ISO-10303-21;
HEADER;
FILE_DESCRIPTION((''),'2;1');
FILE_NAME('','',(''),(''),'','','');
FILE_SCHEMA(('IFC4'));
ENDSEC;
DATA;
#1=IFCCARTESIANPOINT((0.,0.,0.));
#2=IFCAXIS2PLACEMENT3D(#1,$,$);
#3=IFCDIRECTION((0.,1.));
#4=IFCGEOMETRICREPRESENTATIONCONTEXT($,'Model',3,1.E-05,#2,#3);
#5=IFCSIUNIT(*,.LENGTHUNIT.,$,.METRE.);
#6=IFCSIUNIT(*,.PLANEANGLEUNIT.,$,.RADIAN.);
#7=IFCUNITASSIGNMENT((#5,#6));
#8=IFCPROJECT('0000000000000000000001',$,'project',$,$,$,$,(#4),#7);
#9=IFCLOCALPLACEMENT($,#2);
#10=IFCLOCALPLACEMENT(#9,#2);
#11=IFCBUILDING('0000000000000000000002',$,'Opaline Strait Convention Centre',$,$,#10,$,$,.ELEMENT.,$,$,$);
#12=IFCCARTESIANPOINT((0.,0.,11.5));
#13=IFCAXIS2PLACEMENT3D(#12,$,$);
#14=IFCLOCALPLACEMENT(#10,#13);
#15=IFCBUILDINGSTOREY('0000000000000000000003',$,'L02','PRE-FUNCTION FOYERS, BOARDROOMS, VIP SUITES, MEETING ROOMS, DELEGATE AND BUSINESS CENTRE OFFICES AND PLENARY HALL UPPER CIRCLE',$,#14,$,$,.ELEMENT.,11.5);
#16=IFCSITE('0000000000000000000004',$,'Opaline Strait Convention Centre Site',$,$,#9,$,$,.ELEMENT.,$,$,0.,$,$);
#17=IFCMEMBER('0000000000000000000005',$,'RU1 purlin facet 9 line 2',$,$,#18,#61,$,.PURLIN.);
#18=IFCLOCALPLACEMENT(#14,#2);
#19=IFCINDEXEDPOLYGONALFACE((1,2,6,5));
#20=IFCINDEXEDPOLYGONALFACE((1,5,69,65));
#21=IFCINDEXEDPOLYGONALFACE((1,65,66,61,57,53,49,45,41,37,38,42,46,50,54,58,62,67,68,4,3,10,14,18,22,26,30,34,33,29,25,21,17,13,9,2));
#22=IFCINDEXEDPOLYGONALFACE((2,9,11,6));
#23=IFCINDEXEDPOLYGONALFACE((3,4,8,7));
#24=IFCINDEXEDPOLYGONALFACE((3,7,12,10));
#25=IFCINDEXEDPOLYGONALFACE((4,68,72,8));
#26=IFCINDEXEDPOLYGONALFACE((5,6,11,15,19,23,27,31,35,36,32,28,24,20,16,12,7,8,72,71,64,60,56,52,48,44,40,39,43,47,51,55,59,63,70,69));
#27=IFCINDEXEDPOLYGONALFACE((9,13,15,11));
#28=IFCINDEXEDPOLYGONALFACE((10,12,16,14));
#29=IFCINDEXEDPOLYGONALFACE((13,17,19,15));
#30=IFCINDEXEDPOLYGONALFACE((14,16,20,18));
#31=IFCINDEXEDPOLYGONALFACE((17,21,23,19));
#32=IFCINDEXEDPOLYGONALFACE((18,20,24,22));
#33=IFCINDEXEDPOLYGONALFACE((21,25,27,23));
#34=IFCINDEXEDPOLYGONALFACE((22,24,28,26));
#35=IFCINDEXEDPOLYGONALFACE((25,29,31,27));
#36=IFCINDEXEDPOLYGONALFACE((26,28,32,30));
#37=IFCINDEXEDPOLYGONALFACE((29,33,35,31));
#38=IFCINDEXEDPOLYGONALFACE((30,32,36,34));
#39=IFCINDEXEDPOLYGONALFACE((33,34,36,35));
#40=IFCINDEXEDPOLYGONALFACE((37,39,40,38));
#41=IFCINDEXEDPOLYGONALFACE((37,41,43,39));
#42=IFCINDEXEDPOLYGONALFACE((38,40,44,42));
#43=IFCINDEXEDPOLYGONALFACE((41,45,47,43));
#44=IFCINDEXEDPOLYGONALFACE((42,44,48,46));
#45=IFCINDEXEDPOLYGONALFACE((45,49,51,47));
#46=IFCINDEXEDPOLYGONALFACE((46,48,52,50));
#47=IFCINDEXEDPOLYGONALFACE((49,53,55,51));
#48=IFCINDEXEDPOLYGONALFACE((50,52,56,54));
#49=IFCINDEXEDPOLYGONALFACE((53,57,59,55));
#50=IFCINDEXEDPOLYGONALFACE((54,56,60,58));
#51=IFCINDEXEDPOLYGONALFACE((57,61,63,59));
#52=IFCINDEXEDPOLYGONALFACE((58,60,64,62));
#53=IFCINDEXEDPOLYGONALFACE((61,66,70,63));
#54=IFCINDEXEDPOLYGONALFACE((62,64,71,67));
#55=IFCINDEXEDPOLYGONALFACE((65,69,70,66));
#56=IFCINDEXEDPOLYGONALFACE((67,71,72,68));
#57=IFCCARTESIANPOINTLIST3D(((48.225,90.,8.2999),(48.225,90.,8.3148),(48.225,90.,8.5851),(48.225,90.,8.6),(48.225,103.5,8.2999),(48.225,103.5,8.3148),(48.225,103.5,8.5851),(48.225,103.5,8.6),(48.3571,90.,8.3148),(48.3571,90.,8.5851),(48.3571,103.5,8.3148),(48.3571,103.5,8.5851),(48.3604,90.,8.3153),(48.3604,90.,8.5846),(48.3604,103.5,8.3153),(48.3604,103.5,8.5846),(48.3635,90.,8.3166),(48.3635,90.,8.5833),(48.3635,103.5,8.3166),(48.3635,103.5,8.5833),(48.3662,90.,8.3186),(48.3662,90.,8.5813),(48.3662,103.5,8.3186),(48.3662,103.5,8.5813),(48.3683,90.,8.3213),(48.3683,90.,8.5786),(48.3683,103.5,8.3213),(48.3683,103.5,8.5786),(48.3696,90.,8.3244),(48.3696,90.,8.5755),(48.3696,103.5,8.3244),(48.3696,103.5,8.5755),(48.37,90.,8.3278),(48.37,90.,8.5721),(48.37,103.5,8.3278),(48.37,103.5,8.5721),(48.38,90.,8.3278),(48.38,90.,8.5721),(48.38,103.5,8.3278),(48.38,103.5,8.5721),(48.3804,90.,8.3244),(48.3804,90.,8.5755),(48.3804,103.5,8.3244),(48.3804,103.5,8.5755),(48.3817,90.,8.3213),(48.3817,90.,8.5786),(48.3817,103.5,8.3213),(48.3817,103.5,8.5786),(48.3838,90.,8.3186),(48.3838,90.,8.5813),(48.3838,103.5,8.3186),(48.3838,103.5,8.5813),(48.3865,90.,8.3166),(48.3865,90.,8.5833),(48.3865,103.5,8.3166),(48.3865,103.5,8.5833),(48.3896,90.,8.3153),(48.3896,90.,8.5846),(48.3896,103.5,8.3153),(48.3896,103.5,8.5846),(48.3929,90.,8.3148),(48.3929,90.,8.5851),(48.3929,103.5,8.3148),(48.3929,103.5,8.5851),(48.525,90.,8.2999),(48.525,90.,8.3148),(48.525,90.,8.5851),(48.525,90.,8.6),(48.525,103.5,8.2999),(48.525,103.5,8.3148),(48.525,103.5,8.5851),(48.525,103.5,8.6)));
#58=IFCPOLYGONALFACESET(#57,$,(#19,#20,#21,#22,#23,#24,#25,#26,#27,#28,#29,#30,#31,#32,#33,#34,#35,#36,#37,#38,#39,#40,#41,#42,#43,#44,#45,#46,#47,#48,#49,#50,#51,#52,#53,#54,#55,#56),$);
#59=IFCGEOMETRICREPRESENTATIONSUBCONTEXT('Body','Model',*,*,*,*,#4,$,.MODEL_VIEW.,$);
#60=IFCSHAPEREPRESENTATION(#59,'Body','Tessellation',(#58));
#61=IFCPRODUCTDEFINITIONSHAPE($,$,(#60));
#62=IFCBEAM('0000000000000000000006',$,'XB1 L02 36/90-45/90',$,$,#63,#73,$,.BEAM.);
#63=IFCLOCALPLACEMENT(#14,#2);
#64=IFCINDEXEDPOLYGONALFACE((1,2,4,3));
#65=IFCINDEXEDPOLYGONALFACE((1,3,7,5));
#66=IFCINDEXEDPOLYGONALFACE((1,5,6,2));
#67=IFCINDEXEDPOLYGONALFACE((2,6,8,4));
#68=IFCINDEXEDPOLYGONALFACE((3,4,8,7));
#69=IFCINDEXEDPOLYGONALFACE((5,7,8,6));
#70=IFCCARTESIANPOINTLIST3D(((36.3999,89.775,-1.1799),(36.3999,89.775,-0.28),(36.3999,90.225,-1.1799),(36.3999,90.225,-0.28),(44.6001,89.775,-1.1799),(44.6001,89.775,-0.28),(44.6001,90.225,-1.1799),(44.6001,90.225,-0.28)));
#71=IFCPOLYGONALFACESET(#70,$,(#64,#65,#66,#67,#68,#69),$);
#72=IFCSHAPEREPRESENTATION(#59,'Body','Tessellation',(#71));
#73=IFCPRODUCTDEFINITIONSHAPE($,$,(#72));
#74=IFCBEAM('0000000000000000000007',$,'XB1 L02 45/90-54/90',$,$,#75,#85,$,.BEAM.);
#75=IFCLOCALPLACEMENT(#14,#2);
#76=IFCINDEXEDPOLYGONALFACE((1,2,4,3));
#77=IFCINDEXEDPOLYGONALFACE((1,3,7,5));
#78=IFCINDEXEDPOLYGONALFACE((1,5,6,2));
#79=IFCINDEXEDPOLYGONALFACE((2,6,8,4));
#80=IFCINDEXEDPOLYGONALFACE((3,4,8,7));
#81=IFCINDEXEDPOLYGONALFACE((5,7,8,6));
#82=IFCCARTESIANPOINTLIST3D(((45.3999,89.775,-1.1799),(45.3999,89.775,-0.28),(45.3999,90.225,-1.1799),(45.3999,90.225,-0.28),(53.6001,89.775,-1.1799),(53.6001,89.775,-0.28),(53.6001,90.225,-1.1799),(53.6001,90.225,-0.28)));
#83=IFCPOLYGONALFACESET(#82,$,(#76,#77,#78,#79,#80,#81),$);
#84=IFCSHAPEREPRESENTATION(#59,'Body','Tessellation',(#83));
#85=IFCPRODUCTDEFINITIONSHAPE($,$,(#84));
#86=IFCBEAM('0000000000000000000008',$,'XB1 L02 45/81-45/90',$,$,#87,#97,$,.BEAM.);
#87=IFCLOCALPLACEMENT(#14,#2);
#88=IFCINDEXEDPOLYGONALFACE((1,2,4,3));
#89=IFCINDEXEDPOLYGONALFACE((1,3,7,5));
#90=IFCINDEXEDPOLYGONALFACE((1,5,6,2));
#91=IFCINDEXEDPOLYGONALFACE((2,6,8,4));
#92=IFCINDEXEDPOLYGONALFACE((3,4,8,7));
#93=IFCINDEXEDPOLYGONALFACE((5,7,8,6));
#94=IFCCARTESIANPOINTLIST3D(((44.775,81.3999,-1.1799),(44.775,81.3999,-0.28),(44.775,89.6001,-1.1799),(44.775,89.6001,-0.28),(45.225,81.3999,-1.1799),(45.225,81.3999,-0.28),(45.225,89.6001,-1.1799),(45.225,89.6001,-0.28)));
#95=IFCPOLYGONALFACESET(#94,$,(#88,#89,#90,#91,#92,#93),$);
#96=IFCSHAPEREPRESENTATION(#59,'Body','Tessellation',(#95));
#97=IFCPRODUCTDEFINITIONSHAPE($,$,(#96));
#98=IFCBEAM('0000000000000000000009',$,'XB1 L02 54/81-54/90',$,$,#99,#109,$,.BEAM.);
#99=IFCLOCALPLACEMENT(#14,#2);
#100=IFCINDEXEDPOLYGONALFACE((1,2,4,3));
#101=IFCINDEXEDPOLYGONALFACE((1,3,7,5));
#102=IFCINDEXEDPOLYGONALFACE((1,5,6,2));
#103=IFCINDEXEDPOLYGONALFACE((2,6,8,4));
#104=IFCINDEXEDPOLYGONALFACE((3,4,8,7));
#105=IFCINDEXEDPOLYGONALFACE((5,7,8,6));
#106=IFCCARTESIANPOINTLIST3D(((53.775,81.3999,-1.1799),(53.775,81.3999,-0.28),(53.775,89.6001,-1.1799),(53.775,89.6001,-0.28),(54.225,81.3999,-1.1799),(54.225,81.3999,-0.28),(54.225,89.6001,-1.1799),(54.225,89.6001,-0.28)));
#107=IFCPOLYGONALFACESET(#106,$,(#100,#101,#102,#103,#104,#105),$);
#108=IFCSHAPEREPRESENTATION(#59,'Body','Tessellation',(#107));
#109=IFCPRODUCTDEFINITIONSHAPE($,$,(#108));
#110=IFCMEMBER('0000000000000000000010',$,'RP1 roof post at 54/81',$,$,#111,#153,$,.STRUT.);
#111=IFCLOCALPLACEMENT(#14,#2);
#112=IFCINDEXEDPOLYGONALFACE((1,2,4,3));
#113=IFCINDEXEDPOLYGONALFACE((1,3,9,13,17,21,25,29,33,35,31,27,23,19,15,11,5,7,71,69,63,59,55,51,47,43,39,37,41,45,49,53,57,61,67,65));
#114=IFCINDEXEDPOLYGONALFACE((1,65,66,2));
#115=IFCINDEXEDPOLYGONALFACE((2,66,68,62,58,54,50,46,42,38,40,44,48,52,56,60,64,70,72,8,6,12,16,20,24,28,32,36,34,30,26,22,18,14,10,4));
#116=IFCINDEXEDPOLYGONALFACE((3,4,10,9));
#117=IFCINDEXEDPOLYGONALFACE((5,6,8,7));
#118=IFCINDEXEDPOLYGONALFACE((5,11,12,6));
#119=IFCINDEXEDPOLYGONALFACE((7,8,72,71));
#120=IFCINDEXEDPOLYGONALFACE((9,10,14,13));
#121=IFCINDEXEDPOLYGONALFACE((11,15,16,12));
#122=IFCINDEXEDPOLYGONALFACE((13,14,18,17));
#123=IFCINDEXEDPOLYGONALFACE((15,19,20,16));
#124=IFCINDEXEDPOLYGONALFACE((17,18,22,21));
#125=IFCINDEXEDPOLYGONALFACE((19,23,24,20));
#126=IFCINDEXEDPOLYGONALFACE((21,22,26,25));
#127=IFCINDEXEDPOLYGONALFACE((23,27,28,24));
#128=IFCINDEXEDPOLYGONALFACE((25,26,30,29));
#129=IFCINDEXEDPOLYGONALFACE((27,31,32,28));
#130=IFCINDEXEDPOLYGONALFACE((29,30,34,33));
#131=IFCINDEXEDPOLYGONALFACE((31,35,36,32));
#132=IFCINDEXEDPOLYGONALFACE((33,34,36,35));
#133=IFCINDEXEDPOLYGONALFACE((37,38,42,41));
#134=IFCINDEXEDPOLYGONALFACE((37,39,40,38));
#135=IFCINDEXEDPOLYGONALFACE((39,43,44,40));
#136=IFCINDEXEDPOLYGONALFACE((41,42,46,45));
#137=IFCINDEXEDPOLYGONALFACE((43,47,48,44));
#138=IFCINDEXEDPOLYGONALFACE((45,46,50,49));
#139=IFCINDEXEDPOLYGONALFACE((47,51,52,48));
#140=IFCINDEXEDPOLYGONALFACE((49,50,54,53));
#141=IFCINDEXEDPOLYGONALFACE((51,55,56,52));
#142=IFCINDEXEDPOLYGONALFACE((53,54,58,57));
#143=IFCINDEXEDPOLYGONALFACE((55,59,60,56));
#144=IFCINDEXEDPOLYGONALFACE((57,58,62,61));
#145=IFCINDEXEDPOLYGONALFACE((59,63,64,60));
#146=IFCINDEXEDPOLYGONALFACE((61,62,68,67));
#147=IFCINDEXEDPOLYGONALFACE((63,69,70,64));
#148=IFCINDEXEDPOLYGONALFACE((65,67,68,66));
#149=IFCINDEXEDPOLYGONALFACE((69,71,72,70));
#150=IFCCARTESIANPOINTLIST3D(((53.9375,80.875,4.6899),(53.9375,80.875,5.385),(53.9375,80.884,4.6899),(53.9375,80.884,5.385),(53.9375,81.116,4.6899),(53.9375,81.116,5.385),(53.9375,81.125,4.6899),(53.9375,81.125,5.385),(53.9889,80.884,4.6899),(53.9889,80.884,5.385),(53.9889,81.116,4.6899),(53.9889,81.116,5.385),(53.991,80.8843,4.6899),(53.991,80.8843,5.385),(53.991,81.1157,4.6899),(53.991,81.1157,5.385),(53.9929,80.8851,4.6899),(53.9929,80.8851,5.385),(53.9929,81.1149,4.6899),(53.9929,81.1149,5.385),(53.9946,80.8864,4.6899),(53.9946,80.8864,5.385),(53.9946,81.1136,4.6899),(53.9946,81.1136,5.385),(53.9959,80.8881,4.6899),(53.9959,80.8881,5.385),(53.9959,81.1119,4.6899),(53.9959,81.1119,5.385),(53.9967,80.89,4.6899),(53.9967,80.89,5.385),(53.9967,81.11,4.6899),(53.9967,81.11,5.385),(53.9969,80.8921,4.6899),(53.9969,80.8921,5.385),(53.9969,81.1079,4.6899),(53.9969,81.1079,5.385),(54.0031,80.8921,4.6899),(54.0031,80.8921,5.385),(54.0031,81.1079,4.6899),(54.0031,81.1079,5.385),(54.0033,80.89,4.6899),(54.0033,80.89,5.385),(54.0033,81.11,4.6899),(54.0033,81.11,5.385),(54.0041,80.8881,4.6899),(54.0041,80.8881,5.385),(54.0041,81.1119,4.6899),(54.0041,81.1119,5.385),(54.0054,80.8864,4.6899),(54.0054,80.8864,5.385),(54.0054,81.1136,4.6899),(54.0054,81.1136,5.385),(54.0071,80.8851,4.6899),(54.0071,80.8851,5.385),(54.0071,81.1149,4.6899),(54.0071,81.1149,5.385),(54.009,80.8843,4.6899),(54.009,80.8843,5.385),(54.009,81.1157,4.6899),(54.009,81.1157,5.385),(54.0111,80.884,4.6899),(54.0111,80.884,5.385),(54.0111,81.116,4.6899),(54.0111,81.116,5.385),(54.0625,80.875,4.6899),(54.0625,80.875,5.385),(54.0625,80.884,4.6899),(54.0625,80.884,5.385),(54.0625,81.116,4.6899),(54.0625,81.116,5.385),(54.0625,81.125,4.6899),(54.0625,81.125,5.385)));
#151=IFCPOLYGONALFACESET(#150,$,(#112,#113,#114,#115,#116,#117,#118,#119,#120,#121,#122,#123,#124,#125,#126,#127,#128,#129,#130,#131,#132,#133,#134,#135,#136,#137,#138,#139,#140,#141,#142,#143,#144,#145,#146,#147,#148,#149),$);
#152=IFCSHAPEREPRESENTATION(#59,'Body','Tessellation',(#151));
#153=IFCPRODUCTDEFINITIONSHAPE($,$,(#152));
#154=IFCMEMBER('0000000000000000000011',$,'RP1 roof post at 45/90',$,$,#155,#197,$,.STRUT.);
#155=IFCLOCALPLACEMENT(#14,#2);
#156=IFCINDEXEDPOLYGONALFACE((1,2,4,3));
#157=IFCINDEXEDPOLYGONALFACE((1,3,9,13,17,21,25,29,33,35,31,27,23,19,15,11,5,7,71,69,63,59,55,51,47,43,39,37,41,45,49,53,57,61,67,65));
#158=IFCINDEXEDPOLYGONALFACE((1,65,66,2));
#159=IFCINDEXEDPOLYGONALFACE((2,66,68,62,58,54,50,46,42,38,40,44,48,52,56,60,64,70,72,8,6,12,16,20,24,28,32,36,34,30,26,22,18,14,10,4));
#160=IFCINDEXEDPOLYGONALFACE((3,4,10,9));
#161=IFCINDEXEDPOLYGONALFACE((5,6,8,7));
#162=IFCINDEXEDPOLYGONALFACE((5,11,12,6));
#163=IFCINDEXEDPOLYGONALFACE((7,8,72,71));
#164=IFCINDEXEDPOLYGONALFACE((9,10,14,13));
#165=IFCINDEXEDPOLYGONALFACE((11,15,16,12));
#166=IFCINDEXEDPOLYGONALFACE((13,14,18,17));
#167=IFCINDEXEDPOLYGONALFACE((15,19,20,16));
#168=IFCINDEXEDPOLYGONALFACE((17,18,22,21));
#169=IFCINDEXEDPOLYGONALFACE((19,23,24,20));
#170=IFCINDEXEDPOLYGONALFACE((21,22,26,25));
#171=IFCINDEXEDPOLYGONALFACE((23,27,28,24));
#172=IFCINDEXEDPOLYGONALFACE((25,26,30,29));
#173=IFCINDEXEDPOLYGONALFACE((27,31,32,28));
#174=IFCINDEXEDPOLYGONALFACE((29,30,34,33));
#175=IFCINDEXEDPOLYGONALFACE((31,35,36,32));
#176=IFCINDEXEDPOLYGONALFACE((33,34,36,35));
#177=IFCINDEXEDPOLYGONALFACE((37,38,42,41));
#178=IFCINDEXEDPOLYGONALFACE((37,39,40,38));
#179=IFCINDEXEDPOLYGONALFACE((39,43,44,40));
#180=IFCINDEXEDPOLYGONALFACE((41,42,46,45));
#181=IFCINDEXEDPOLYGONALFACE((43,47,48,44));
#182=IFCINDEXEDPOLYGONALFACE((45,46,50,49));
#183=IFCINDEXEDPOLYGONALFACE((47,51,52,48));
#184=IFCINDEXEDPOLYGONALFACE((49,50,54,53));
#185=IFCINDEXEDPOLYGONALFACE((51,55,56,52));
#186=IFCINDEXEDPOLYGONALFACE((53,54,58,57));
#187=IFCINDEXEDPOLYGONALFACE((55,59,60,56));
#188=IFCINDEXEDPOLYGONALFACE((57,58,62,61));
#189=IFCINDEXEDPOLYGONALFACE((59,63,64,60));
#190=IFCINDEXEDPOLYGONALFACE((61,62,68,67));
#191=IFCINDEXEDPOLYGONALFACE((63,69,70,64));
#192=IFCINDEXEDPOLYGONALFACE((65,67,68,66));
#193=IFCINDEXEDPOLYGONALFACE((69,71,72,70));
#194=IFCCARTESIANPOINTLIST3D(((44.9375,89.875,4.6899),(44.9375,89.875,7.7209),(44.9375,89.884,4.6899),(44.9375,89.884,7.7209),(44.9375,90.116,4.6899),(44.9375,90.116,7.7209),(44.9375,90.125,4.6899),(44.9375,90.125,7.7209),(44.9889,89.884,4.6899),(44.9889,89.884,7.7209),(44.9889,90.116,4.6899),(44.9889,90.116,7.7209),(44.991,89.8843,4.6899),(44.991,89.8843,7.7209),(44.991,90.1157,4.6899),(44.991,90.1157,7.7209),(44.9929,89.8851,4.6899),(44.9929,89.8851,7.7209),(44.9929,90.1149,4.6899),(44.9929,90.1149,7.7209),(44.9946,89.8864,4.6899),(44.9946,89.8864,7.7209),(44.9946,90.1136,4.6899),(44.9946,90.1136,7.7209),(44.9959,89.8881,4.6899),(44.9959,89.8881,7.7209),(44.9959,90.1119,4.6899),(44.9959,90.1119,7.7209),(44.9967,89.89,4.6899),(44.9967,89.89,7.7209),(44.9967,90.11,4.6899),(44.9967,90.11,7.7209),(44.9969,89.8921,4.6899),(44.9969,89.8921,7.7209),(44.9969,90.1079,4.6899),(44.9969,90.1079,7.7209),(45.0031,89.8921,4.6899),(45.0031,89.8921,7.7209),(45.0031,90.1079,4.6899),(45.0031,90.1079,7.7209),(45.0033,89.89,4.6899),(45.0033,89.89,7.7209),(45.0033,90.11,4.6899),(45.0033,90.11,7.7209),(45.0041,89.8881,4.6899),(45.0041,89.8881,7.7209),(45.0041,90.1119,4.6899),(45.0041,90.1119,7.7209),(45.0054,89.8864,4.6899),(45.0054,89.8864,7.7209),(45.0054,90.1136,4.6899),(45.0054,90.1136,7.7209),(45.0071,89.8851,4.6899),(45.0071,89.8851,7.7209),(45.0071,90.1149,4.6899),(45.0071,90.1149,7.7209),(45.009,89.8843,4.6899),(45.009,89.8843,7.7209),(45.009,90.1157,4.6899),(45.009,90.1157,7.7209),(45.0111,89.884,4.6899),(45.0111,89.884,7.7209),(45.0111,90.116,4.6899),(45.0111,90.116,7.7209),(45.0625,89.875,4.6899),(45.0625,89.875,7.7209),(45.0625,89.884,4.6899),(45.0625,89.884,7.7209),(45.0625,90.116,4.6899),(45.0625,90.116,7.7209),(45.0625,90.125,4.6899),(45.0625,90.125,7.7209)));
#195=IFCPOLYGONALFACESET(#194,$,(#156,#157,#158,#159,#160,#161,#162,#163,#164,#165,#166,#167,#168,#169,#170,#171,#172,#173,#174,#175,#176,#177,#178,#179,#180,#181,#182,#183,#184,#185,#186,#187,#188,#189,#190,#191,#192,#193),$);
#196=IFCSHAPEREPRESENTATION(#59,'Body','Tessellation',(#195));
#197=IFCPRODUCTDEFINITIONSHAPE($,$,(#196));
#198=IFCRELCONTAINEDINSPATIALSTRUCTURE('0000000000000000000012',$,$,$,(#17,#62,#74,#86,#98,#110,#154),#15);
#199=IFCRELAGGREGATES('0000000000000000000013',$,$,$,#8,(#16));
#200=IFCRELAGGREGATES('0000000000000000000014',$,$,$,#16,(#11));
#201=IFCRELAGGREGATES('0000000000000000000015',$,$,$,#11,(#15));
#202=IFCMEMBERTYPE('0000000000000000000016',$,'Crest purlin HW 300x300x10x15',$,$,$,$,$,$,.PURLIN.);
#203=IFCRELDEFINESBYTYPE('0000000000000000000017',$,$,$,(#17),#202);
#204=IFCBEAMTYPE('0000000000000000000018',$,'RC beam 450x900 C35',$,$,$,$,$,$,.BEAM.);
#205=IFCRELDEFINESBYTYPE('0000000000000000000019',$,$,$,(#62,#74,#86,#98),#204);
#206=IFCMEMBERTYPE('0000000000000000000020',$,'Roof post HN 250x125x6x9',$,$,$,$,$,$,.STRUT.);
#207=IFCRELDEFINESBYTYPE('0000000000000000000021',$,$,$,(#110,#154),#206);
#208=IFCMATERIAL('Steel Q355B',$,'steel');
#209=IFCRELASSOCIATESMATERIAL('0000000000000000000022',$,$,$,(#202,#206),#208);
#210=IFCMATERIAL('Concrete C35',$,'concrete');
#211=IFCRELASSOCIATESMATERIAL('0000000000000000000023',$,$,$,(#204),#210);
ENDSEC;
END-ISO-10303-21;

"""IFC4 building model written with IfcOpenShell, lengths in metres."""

from ifc_helpers import new_model, si_unit, direction, frame, origin, origin_2d, place, context, subcontext, project, spatial, rectangle, i_section, extrude, material, material_profile, profile_set, type_object, element, save


model = new_model("IFC4")

# Units and contexts
model_context = context("Model", 3, precision=1e-05, world=origin(), true_north=direction((0.0, 1.0)))
body_context = subcontext(model_context, "Body", "Model", "MODEL_VIEW")
ifc_project = project(units=[si_unit("LENGTHUNIT", "METRE"), si_unit("PLANEANGLEUNIT", "RADIAN")], contexts=[model_context])

# Site, building, storey
site_placement = place(None, origin())
site = spatial("IfcSite", under=ifc_project, at=site_placement, Name="Opaline Strait Convention Centre Site", CompositionType="ELEMENT", RefElevation=0.0)
building_placement = place(site_placement, origin())
building = spatial("IfcBuilding", under=site, at=building_placement, Name="Opaline Strait Convention Centre", CompositionType="ELEMENT")
storey_placement = place(building_placement, frame((0.0, 0.0, 11.5)))
storey = spatial("IfcBuildingStorey", under=building, at=storey_placement, Name="L02", Description="PRE-FUNCTION FOYERS, BOARDROOMS, VIP SUITES, MEETING ROOMS, DELEGATE AND BUSINESS CENTRE OFFICES AND PLENARY HALL UPPER CIRCLE", CompositionType="ELEMENT", Elevation=11.5)

# Member
ifc_material_1 = material(Name="Steel Q355B", Category="steel")
ifc_material_profile_1 = material_profile(ifc_material_1, i_section(OverallWidth=0.3, OverallDepth=0.3, WebThickness=0.01, FlangeThickness=0.0149, FilletRadius=0.0129, at=origin_2d()), Name="HW 300x300x10x15")
ifc_profile_set_1 = profile_set([ifc_material_profile_1], Name="Steel Q355B")
member_type_1 = type_object("IfcMemberType", Name="Crest purlin HW 300x300x10x15", PredefinedType="PURLIN", material=ifc_profile_set_1)
for number, where, z_axis, x_axis, name in (
    (1, (48.375, 90.0, 8.45), (0.0, 1.0, 0.0), (-1.0, 0.0, 0.0), "RU1 purlin facet 9 line 2"),
):
    element("IfcMember", number, at=place(storey_placement, frame(where, z_axis=z_axis, x_axis=x_axis)), inside=storey, type_object=member_type_1, Name=name, PredefinedType="PURLIN", context=body_context, shape_type="SweptSolid", body=[
        extrude(i_section(OverallWidth=0.3, OverallDepth=0.3, WebThickness=0.01, FlangeThickness=0.0149, FilletRadius=0.0129, at=origin_2d()), origin(), (0.0, 0.0, 1.0), 13.5),
    ])

# Beams
ifc_material_2 = material(Name="Concrete C35", Category="concrete")
ifc_material_profile_2 = material_profile(ifc_material_2, rectangle(XDim=0.45, YDim=0.8999, at=origin_2d()), Name="RC 450x900")
ifc_profile_set_2 = profile_set([ifc_material_profile_2], Name="Concrete C35")
beam_type = type_object("IfcBeamType", Name="RC beam 450x900 C35", PredefinedType="BEAM", material=ifc_profile_set_2)
for number, where, z_axis, x_axis, name in (
    (2, (36.3999, 90.0, -0.73), (1.0, 0.0, 0.0), (0.0, 1.0, 0.0), "XB1 L02 36/90-45/90"),
    (3, (45.3999, 90.0, -0.73), (1.0, 0.0, 0.0), (0.0, 1.0, 0.0), "XB1 L02 45/90-54/90"),
    (4, (45.0, 81.3999, -0.73), (0.0, 1.0, 0.0), (-1.0, 0.0, 0.0), "XB1 L02 45/81-45/90"),
    (5, (54.0, 81.3999, -0.73), (0.0, 1.0, 0.0), (-1.0, 0.0, 0.0), "XB1 L02 54/81-54/90"),
):
    element("IfcBeam", number, at=place(storey_placement, frame(where, z_axis=z_axis, x_axis=x_axis)), inside=storey, type_object=beam_type, Name=name, PredefinedType="BEAM", context=body_context, shape_type="SweptSolid", body=[
        extrude(rectangle(XDim=0.45, YDim=0.8999, at=origin_2d()), origin(), (0.0, 0.0, 1.0), 8.2002),
    ])

# Members
ifc_material_profile_3 = material_profile(ifc_material_1, i_section(OverallWidth=0.125, OverallDepth=0.25, WebThickness=0.0061, FlangeThickness=0.009, FilletRadius=0.0081, at=origin_2d()), Name="HN 250x125x6x9")
ifc_profile_set_3 = profile_set([ifc_material_profile_3], Name="Steel Q355B")
member_type_2 = type_object("IfcMemberType", Name="Roof post HN 250x125x6x9", PredefinedType="STRUT", material=ifc_profile_set_3)
member_1_placement = place(storey_placement, frame((54.0, 81.0, 4.6899), z_axis=(0.0, 0.0, 1.0), x_axis=(1.0, 0.0, 0.0)))
element("IfcMember", 6, at=member_1_placement, inside=storey, type_object=member_type_2, Name="RP1 roof post at 54/81", PredefinedType="STRUT", context=body_context, shape_type="SweptSolid", body=[
    extrude(i_section(OverallWidth=0.125, OverallDepth=0.25, WebThickness=0.0061, FlangeThickness=0.009, FilletRadius=0.0081, at=origin_2d()), origin(), (0.0, 0.0, 1.0), 0.6951),
])
member_2_placement = place(storey_placement, frame((45.0, 90.0, 4.6899), z_axis=(0.0, 0.0, 1.0), x_axis=(1.0, 0.0, 0.0)))
element("IfcMember", 7, at=member_2_placement, inside=storey, type_object=member_type_2, Name="RP1 roof post at 45/90", PredefinedType="STRUT", context=body_context, shape_type="SweptSolid", body=[
    extrude(i_section(OverallWidth=0.125, OverallDepth=0.25, WebThickness=0.0061, FlangeThickness=0.009, FilletRadius=0.0081, at=origin_2d()), origin(), (0.0, 0.0, 1.0), 3.031),
])

save(model, "model.ifc")
